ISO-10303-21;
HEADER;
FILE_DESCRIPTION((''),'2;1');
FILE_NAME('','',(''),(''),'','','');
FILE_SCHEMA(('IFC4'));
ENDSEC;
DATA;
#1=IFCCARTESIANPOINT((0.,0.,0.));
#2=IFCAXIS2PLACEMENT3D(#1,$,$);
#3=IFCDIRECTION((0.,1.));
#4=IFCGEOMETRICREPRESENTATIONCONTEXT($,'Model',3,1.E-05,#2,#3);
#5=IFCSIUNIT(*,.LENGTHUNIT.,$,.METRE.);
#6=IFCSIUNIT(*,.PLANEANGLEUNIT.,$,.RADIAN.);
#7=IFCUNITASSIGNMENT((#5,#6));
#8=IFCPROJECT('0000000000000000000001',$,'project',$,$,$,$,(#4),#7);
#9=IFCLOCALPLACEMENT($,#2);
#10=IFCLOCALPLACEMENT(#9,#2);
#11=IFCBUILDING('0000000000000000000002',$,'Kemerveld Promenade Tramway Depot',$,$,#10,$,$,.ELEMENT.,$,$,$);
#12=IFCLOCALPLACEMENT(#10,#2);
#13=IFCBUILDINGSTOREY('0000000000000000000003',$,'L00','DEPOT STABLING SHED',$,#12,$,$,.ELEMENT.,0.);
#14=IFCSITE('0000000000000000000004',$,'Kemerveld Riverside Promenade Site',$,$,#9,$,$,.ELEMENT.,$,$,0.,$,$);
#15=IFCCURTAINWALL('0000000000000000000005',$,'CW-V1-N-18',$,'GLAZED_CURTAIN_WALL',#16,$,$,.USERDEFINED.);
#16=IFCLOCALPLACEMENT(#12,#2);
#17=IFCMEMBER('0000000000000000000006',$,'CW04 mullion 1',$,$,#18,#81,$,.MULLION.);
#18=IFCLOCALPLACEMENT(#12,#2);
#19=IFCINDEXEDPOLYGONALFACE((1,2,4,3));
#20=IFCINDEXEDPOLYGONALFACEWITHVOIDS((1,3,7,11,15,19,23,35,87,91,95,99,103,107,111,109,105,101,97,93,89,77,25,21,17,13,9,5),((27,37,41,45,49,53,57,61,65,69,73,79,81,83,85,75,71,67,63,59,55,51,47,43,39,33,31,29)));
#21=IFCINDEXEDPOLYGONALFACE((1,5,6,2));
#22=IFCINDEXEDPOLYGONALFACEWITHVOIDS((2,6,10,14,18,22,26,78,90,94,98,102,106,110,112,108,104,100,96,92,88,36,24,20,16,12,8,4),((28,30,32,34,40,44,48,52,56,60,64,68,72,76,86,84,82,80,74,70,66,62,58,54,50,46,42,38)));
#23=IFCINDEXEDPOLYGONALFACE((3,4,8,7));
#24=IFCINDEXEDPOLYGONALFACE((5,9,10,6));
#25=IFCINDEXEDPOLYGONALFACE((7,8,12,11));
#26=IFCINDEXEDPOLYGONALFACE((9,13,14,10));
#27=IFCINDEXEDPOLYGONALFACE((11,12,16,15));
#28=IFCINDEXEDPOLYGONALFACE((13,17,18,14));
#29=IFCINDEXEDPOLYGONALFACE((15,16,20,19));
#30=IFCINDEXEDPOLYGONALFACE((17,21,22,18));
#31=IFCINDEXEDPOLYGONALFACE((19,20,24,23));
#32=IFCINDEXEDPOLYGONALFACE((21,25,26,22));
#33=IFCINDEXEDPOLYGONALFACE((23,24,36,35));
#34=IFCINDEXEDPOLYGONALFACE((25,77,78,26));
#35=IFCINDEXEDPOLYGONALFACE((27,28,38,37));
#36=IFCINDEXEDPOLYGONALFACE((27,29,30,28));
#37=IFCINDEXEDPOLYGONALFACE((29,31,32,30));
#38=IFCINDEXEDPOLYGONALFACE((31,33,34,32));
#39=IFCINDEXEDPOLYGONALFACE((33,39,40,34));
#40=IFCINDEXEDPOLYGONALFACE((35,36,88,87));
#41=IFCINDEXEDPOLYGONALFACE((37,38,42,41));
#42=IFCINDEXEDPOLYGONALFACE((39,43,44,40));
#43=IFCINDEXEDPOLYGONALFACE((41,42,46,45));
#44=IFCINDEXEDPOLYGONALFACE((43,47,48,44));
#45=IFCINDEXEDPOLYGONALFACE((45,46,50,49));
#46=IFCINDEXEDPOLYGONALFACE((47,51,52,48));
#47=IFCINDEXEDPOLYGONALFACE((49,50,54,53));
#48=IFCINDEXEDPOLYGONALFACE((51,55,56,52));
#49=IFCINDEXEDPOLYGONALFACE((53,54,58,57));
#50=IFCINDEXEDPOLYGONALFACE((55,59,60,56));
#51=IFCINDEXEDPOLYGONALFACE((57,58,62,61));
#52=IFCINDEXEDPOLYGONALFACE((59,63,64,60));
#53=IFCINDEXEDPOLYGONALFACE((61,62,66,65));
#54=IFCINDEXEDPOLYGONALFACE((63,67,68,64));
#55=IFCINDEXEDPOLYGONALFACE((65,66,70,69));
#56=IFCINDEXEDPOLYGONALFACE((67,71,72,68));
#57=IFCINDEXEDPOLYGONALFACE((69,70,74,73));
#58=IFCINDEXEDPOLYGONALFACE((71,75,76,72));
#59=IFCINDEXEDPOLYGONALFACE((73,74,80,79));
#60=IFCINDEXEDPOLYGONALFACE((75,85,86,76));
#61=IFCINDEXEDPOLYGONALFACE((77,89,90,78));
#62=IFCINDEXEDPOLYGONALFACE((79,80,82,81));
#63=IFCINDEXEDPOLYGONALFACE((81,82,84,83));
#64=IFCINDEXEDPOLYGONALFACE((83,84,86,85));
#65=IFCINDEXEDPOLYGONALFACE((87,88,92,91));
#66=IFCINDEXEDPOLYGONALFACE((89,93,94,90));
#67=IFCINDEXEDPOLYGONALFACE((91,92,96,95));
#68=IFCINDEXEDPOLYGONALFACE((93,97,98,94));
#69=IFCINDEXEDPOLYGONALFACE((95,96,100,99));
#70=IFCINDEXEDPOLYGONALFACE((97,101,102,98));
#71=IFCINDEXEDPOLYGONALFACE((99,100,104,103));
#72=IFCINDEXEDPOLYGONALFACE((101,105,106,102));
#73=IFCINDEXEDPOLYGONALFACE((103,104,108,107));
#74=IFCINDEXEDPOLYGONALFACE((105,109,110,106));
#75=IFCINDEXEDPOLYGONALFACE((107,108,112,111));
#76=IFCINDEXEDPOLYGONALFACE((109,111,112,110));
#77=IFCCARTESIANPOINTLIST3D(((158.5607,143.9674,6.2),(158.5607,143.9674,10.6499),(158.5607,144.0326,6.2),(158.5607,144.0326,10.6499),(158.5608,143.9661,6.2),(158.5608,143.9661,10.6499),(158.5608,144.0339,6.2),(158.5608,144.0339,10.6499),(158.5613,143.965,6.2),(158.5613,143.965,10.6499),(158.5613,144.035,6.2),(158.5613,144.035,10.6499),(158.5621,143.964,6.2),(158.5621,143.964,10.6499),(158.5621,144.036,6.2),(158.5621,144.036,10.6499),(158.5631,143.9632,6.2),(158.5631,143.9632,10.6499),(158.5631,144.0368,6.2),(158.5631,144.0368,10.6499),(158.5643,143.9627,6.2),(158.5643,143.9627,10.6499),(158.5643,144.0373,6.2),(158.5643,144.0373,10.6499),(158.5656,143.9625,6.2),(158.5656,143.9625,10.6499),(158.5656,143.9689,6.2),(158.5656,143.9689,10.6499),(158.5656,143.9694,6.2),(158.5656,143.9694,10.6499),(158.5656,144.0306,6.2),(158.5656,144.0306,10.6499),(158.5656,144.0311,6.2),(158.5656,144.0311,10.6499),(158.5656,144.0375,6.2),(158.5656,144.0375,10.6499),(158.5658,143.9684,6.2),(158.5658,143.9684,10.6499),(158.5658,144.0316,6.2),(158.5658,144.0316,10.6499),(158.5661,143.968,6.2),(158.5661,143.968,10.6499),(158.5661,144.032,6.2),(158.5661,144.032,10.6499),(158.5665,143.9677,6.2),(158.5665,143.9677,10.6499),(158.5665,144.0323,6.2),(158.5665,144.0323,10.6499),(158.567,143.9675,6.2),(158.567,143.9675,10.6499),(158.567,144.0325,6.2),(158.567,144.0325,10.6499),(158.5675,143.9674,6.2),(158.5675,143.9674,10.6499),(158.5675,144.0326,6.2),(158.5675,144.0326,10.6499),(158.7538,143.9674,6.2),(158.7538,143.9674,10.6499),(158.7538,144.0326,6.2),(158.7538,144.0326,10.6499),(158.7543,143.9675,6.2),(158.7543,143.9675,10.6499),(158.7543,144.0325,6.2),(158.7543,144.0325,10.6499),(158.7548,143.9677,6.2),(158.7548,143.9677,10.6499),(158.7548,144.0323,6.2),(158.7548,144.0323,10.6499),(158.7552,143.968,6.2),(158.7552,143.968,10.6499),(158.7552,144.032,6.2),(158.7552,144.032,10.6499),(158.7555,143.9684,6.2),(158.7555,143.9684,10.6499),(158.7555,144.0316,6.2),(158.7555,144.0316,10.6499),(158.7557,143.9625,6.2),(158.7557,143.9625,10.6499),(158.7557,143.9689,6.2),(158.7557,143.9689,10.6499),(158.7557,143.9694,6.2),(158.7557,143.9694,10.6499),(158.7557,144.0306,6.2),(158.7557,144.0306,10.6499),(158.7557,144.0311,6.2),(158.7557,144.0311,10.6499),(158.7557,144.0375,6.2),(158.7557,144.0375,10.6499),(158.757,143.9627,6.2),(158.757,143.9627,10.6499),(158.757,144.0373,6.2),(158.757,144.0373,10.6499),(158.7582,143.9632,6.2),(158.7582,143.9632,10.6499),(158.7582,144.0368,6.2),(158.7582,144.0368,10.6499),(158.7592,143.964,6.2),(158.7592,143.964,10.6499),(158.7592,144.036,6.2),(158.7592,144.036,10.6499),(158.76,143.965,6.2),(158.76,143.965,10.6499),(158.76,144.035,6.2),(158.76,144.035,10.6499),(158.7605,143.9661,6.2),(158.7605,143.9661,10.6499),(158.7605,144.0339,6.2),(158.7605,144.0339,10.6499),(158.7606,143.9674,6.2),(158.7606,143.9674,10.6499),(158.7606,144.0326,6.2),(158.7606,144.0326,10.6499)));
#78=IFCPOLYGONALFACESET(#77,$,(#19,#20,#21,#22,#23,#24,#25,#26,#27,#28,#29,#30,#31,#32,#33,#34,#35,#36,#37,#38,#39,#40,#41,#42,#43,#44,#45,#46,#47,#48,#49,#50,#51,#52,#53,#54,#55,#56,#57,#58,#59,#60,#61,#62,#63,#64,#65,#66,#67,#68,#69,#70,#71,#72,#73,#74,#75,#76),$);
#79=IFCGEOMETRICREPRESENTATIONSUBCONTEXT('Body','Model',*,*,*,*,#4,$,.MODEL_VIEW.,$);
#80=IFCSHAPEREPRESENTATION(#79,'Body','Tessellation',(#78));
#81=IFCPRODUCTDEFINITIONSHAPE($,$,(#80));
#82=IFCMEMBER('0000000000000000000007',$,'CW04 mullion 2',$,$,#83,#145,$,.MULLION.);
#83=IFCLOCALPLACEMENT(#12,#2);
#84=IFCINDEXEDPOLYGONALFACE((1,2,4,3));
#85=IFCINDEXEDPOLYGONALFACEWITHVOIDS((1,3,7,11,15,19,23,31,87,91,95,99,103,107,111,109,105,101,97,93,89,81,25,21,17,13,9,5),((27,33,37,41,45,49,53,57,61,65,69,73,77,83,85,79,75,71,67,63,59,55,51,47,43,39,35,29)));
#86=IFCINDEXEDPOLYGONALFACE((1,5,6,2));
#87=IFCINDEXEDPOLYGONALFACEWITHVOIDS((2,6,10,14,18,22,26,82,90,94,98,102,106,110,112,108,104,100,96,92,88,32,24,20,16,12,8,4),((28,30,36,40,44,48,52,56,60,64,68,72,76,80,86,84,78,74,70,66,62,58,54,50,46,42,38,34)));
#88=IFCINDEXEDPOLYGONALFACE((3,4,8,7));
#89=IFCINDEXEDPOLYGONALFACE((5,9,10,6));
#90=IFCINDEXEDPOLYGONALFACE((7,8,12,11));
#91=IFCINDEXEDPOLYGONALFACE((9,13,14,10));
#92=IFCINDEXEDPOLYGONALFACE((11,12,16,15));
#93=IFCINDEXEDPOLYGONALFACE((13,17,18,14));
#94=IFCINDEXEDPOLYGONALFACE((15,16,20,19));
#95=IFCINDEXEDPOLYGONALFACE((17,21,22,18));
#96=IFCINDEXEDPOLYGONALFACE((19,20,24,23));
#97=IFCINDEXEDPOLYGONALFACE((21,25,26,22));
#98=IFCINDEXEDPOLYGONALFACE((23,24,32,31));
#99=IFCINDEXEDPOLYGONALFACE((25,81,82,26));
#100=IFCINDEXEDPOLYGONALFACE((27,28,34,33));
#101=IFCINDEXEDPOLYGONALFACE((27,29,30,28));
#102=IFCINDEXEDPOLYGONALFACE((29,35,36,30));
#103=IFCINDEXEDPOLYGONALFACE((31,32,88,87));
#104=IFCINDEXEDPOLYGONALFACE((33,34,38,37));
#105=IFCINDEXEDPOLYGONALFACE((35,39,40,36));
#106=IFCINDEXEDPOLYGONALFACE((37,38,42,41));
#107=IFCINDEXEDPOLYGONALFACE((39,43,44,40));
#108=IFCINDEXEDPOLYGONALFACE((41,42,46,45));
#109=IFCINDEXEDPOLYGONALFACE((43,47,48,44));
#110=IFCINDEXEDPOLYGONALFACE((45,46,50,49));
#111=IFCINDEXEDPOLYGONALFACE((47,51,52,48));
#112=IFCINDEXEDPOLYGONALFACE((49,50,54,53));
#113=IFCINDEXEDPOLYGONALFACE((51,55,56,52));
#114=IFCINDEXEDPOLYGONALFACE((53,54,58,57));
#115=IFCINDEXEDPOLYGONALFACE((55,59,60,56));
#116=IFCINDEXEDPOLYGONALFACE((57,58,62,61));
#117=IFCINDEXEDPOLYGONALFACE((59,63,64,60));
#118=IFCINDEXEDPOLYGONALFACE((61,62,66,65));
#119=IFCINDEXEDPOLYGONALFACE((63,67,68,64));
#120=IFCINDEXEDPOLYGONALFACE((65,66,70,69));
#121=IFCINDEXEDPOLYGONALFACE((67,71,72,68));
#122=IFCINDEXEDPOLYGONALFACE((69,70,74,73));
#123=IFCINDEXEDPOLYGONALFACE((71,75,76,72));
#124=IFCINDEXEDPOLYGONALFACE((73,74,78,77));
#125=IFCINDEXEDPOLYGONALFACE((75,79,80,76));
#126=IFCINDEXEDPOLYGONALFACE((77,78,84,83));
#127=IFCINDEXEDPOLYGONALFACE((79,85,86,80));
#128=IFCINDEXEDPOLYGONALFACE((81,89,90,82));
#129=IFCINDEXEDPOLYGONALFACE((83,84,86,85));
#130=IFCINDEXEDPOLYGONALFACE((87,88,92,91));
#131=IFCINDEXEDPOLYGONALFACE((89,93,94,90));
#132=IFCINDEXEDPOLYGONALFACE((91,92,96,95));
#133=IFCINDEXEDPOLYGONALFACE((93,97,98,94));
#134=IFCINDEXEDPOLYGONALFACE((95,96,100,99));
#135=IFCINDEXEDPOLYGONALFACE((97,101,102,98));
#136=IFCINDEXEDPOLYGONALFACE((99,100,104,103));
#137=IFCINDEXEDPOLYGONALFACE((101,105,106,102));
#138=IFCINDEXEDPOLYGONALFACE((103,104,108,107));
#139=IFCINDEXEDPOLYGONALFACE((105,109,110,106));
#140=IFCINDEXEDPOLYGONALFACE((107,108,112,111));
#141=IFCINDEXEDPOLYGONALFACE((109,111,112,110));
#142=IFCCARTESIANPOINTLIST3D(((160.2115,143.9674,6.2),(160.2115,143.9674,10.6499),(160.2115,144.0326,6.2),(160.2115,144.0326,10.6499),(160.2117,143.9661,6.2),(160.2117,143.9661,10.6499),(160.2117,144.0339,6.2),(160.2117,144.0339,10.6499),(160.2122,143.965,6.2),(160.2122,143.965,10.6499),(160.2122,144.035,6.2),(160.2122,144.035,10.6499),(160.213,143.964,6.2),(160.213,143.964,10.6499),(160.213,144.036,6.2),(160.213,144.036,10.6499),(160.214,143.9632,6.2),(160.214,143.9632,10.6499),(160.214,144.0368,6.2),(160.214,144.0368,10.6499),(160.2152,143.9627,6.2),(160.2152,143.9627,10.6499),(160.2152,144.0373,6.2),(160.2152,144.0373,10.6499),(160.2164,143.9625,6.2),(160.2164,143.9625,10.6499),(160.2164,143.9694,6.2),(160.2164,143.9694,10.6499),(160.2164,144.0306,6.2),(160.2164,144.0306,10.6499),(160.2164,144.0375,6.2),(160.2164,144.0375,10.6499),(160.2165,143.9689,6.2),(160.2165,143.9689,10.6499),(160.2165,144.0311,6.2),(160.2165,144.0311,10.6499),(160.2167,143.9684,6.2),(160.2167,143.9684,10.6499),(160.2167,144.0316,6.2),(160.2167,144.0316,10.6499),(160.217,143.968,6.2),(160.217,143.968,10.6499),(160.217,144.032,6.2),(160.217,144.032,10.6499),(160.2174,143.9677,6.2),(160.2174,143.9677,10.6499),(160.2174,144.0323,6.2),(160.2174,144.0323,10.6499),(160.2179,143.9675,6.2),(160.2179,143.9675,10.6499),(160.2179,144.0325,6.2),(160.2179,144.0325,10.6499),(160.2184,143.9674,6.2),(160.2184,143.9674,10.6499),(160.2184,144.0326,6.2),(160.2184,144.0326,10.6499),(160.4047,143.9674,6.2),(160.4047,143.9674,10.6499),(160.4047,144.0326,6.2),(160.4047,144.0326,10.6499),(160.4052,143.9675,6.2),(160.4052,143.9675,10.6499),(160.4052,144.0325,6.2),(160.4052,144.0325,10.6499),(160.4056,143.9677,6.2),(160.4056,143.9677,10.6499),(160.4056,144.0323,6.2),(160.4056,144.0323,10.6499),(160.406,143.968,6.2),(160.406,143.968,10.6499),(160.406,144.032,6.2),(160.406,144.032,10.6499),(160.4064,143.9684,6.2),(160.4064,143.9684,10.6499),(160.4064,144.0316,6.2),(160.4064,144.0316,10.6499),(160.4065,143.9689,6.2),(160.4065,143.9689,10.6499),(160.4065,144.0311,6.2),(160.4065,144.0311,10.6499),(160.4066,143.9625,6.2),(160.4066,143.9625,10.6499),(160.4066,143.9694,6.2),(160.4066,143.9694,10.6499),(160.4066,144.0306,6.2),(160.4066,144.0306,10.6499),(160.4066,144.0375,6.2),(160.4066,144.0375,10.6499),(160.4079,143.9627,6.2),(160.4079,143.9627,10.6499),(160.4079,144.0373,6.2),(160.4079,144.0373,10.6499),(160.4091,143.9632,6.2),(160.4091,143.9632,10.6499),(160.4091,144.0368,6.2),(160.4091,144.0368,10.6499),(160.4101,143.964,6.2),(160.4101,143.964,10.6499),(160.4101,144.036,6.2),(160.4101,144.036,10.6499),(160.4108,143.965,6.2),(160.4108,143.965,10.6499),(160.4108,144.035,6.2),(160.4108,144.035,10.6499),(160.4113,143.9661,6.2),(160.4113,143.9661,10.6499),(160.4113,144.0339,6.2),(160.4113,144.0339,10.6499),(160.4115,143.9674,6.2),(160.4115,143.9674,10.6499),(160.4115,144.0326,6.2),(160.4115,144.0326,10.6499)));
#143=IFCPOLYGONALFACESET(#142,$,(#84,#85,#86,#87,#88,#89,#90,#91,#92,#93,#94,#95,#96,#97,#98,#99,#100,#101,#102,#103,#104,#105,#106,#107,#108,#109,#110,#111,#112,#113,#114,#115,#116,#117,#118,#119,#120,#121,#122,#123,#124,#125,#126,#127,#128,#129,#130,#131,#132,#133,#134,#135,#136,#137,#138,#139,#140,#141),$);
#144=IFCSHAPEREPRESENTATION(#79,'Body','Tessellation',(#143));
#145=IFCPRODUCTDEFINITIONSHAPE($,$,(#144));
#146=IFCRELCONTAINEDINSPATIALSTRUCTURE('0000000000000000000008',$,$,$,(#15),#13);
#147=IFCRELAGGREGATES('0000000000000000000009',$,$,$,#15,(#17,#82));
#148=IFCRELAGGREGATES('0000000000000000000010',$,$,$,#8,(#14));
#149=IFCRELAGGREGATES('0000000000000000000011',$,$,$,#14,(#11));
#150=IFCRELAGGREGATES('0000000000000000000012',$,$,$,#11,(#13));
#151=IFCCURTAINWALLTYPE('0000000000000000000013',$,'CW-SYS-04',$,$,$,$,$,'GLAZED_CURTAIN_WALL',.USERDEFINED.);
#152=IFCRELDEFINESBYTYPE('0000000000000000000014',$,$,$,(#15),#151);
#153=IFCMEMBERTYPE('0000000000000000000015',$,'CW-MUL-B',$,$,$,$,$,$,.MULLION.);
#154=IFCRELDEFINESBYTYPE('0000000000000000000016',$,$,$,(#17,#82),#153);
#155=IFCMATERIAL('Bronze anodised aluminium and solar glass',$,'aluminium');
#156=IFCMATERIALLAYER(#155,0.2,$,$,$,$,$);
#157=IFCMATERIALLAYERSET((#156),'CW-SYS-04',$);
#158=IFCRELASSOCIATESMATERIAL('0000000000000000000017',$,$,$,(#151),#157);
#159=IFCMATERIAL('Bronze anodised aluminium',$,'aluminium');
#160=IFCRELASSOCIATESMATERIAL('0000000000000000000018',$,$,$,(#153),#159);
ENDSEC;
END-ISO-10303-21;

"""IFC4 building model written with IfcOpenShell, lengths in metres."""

from ifc_helpers import new_model, si_unit, direction, frame, origin, origin_2d, place, context, subcontext, project, spatial, hollow_rectangle, extrude, material, layer, layer_set, material_profile, profile_set, type_object, element, aggregate, save


model = new_model("IFC4")

# Units and contexts
model_context = context("Model", 3, precision=1e-05, world=origin(), true_north=direction((0.0, 1.0)))
body_context = subcontext(model_context, "Body", "Model", "MODEL_VIEW")
ifc_project = project(units=[si_unit("LENGTHUNIT", "METRE"), si_unit("PLANEANGLEUNIT", "RADIAN")], contexts=[model_context])

# Site, building, storey
site_placement = place(None, origin())
site = spatial("IfcSite", under=ifc_project, at=site_placement, Name="Kemerveld Riverside Promenade Site", CompositionType="ELEMENT", RefElevation=0.0)
building_placement = place(site_placement, origin())
building = spatial("IfcBuilding", under=site, at=building_placement, Name="Kemerveld Promenade Tramway Depot", CompositionType="ELEMENT")
storey_placement = place(building_placement, origin())
storey = spatial("IfcBuildingStorey", under=building, at=storey_placement, Name="L00", Description="DEPOT STABLING SHED", CompositionType="ELEMENT", Elevation=0.0)

# Shared definitions
ifc_material_1 = material(Name="Bronze anodised aluminium and solar glass", Category="aluminium")
ifc_material_2 = material(Name="Bronze anodised aluminium", Category="aluminium")

# Curtain wall, members
ifc_layer_1 = layer(ifc_material_1, 0.2)
ifc_layer_set_1 = layer_set([ifc_layer_1], Name="CW-SYS-04")
curtain_wall_type_1 = type_object("IfcCurtainWallType", Name="CW-SYS-04", ElementType="GLAZED_CURTAIN_WALL", PredefinedType="USERDEFINED", material=ifc_layer_set_1)
curtain_wall_1_placement = place(storey_placement, origin())
curtain_wall_1 = element("IfcCurtainWall", 1, at=curtain_wall_1_placement, inside=storey, type_object=curtain_wall_type_1, Name="CW-V1-N-18", ObjectType="GLAZED_CURTAIN_WALL", PredefinedType="USERDEFINED")
ifc_material_profile_1 = material_profile(ifc_material_2, hollow_rectangle(XDim=0.075, YDim=0.2, WallThickness=0.0049, InnerFilletRadius=0.002, OuterFilletRadius=0.0049, at=origin_2d()), Name="CW-MUL-200x75")
ifc_profile_set_1 = profile_set([ifc_material_profile_1], Name="Bronze anodised aluminium")
member_type_1 = type_object("IfcMemberType", Name="CW-MUL-B", PredefinedType="MULLION", material=ifc_profile_set_1)
member_1_placement = place(storey_placement, frame((158.6606, 144.0, 6.2), z_axis=(0.0, 0.0, 1.0), x_axis=(0.0, 1.0, 0.0)))
member_1 = element("IfcMember", 2, at=member_1_placement, type_object=member_type_1, Name="CW04 mullion 1", PredefinedType="MULLION", context=body_context, shape_type="SweptSolid", body=[
    extrude(hollow_rectangle(XDim=0.075, YDim=0.2, WallThickness=0.0049, InnerFilletRadius=0.002, OuterFilletRadius=0.0049, at=origin_2d()), origin(), (0.0, 0.0, 1.0), 4.45),
])
member_2_placement = place(storey_placement, frame((160.3115, 144.0, 6.2), z_axis=(0.0, 0.0, 1.0), x_axis=(0.0, 1.0, 0.0)))
member_2 = element("IfcMember", 3, at=member_2_placement, type_object=member_type_1, Name="CW04 mullion 2", PredefinedType="MULLION", context=body_context, shape_type="SweptSolid", body=[
    extrude(hollow_rectangle(XDim=0.075, YDim=0.2, WallThickness=0.0049, InnerFilletRadius=0.002, OuterFilletRadius=0.0049, at=origin_2d()), origin(), (0.0, 0.0, 1.0), 4.45),
])

aggregate(curtain_wall_1, [member_1, member_2])

save(model, "model.ifc")
